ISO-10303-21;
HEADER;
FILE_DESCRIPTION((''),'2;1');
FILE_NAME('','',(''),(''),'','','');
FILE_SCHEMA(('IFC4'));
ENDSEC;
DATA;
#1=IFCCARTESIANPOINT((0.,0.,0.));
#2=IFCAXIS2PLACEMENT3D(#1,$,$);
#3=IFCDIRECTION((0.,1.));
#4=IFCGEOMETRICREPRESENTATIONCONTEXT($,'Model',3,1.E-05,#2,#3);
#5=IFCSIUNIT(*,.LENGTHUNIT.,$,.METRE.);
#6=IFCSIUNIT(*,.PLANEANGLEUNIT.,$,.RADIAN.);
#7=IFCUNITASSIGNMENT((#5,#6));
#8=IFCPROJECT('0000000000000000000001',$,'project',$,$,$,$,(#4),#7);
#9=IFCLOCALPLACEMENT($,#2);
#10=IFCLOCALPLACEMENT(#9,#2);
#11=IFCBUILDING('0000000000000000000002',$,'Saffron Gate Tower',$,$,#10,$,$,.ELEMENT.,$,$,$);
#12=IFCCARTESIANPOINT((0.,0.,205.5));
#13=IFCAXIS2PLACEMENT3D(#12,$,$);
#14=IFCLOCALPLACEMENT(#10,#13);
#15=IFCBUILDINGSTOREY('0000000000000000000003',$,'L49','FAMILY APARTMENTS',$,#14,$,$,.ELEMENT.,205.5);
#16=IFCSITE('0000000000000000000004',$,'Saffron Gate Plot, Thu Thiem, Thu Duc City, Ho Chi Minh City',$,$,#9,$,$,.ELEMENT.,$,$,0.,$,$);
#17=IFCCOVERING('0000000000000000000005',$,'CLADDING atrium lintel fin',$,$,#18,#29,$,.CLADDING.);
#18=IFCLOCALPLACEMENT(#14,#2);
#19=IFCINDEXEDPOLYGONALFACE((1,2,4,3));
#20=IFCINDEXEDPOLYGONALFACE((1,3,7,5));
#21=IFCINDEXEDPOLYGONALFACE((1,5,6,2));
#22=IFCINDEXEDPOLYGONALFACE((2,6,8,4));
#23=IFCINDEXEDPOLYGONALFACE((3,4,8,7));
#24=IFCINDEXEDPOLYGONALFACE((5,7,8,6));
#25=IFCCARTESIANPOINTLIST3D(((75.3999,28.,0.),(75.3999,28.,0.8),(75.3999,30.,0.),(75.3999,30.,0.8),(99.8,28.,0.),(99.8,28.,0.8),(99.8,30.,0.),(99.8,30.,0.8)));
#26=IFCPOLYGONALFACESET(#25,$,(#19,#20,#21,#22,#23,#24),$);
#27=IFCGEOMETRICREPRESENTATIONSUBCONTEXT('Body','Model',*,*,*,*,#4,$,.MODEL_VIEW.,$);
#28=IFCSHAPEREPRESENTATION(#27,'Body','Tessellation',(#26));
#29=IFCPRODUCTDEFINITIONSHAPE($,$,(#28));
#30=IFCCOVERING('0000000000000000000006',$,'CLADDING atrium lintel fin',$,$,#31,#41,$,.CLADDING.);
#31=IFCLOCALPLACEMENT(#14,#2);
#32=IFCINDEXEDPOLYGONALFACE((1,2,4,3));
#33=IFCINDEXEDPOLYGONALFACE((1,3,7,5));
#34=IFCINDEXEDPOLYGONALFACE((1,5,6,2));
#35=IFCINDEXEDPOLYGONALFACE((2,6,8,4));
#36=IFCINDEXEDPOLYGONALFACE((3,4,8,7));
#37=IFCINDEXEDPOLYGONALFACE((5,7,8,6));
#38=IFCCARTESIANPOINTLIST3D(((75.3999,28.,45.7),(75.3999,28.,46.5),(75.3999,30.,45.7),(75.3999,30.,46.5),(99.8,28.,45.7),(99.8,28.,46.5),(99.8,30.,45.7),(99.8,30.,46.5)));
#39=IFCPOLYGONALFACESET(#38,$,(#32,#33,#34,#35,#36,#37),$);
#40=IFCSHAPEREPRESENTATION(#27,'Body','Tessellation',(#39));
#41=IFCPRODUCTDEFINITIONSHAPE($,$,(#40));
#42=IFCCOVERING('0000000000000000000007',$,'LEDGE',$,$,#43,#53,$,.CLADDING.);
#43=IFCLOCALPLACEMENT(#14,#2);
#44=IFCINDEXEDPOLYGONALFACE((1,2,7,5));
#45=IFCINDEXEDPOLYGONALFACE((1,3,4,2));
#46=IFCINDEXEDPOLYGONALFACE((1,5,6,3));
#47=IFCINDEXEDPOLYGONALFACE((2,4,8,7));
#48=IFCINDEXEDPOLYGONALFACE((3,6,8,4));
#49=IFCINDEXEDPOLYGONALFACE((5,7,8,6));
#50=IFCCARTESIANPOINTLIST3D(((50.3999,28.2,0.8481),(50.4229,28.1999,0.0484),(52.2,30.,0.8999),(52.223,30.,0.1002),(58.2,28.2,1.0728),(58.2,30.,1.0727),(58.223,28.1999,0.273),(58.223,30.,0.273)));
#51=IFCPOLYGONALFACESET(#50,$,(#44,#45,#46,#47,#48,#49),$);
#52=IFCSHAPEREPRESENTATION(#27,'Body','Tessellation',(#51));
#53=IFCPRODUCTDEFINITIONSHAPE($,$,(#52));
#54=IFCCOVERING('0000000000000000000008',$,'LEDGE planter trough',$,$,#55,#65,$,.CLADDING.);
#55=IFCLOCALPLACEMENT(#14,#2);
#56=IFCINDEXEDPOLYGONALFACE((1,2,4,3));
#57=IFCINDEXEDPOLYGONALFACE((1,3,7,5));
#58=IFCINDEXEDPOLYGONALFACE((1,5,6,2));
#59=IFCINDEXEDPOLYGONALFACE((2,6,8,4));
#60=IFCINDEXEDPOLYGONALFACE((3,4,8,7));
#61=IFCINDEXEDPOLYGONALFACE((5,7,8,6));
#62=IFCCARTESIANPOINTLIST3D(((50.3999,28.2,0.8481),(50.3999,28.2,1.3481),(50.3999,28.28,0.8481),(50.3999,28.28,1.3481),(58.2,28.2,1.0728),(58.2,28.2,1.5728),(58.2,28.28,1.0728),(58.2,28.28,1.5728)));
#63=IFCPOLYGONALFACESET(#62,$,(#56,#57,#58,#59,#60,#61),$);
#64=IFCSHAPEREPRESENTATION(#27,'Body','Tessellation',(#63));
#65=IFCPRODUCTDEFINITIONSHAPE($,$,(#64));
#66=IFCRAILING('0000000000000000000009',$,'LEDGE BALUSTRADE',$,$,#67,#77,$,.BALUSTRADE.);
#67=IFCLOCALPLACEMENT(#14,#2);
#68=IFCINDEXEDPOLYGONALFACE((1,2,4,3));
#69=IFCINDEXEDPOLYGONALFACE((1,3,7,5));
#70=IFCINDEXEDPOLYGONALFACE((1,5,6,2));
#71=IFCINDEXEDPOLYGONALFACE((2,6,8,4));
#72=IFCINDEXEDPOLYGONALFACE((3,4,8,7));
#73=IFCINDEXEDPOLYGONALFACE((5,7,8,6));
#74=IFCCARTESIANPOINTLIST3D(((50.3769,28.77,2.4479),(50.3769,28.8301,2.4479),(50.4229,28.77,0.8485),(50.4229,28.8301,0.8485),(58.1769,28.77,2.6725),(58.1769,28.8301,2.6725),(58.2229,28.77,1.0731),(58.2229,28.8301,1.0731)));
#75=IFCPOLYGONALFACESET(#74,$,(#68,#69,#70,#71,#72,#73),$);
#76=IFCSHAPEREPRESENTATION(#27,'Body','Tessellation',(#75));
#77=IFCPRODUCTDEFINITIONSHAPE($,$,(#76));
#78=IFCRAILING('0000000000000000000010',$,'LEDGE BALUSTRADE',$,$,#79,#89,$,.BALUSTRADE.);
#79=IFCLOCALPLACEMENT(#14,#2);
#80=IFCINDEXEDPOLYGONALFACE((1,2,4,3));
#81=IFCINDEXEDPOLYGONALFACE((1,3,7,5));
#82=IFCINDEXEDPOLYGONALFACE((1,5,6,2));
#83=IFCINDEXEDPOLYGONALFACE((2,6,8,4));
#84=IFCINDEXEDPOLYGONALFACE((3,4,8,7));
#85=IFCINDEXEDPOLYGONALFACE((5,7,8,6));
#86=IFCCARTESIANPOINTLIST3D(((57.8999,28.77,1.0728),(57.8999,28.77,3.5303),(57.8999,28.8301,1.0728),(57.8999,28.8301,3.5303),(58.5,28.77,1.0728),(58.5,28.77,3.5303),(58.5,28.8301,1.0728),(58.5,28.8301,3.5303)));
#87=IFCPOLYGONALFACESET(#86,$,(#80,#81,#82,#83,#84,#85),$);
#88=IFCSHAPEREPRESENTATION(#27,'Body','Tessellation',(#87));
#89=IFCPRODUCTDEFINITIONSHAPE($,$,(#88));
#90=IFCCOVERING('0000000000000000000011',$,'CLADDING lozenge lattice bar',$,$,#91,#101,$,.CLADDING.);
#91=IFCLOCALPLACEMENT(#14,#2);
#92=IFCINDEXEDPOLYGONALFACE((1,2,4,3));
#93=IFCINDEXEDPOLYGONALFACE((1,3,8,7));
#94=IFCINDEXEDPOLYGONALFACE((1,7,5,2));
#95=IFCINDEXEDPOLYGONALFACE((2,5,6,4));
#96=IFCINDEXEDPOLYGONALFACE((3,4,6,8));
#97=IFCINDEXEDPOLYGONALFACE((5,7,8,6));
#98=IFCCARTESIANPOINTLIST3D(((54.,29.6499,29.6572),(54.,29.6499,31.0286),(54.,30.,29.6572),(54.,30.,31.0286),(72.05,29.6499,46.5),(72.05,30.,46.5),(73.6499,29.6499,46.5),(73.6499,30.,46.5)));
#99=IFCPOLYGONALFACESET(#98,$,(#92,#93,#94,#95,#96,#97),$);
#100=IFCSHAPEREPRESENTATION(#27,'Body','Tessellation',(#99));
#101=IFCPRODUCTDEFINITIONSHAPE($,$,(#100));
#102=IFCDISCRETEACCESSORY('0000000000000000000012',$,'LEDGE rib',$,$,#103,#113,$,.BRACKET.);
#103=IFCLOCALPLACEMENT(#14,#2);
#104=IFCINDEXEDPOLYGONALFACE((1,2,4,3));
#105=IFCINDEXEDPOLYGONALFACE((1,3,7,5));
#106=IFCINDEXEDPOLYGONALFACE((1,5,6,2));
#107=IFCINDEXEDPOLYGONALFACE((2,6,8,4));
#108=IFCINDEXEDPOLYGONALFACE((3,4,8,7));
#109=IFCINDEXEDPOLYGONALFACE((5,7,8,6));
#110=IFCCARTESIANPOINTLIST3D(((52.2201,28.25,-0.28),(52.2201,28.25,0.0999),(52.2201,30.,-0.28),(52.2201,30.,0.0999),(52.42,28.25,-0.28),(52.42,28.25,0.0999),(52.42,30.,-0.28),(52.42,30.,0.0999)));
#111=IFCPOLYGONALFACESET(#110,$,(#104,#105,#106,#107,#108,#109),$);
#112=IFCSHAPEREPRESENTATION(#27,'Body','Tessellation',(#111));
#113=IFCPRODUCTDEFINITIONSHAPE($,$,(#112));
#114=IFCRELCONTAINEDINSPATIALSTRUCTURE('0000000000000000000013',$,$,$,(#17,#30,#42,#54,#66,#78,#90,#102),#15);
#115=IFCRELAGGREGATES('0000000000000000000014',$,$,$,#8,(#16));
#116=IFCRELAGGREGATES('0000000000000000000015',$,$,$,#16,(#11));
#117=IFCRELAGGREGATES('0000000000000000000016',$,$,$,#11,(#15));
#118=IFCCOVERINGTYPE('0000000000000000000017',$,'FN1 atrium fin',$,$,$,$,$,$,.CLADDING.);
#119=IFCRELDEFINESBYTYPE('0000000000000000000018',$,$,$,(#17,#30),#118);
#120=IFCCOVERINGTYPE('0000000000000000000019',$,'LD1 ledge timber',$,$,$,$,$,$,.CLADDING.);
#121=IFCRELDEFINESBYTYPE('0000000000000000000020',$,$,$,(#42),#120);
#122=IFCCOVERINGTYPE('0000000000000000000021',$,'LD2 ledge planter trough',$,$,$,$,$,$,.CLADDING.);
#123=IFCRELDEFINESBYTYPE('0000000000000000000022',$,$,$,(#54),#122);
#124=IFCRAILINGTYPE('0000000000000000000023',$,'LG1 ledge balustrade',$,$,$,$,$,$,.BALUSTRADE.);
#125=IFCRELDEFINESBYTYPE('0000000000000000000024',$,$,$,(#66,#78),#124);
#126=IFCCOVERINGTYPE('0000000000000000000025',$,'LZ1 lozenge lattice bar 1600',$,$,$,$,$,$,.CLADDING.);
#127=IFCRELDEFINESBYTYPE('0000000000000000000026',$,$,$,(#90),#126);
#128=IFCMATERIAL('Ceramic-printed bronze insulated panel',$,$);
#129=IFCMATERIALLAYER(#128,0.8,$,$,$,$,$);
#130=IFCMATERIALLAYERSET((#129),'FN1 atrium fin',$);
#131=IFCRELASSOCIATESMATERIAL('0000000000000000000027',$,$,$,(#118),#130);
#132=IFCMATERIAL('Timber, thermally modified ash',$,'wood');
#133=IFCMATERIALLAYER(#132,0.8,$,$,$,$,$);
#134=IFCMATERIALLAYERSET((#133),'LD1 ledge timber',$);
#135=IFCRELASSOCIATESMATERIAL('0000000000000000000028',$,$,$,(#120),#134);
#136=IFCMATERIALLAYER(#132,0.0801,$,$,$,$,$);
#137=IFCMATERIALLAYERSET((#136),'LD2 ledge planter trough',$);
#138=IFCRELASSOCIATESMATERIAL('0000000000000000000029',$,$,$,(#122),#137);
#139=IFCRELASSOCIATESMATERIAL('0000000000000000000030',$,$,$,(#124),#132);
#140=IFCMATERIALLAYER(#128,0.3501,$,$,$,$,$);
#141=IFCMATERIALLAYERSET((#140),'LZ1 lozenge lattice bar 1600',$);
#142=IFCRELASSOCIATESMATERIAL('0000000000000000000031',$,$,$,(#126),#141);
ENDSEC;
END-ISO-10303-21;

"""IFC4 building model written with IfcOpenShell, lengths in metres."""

from ifc_helpers import new_model, si_unit, direction, frame, origin, origin_2d, place, context, subcontext, project, spatial, polyline, rectangle, outline, extrude, material, layer, layer_set, type_object, element, save


model = new_model("IFC4")

# Units and contexts
model_context = context("Model", 3, precision=1e-05, world=origin(), true_north=direction((0.0, 1.0)))
body_context = subcontext(model_context, "Body", "Model", "MODEL_VIEW")
ifc_project = project(units=[si_unit("LENGTHUNIT", "METRE"), si_unit("PLANEANGLEUNIT", "RADIAN")], contexts=[model_context])

# Site, building, storey
site_placement = place(None, origin())
site = spatial("IfcSite", under=ifc_project, at=site_placement, Name="Saffron Gate Plot, Thu Thiem, Thu Duc City, Ho Chi Minh City", CompositionType="ELEMENT", RefElevation=0.0)
building_placement = place(site_placement, origin())
building = spatial("IfcBuilding", under=site, at=building_placement, Name="Saffron Gate Tower", CompositionType="ELEMENT")
storey_placement = place(building_placement, frame((0.0, 0.0, 205.5)))
storey = spatial("IfcBuildingStorey", under=building, at=storey_placement, Name="L49", Description="FAMILY APARTMENTS", CompositionType="ELEMENT", Elevation=205.5)

# Coverings
ifc_material_1 = material(Name="Ceramic-printed bronze insulated panel")
ifc_layer_1 = layer(ifc_material_1, 0.8)
ifc_layer_set_1 = layer_set([ifc_layer_1], Name="FN1 atrium fin")
covering_type_1 = type_object("IfcCoveringType", Name="FN1 atrium fin", PredefinedType="CLADDING", material=ifc_layer_set_1)
for number, where, name in (
    (1, (0.0, 0.0, 0.0), "CLADDING atrium lintel fin"),
    (2, (0.0, 0.0, 45.7), "CLADDING atrium lintel fin"),
):
    element("IfcCovering", number, at=place(storey_placement, frame(where)), inside=storey, type_object=covering_type_1, Name=name, PredefinedType="CLADDING", context=body_context, shape_type="SweptSolid", body=[
        extrude(outline(polyline([(75.3999, 30.0), (99.8, 30.0), (99.8, 28.0), (75.3999, 28.0), (75.3999, 30.0)])), origin(), (0.0, 0.0, 1.0), 0.8),
    ])
ifc_material_2 = material(Name="Timber, thermally modified ash", Category="wood")
ifc_layer_2 = layer(ifc_material_2, 0.8)
ifc_layer_set_2 = layer_set([ifc_layer_2], Name="LD1 ledge timber")
covering_type_2 = type_object("IfcCoveringType", Name="LD1 ledge timber", PredefinedType="CLADDING", material=ifc_layer_set_2)
covering_1_placement = place(storey_placement, frame((52.2, 30.0, 0.8999), z_axis=(-0.028789, 0.000024, 0.999585), x_axis=(0.999585, 0.0, 0.028789)))
element("IfcCovering", 3, at=covering_1_placement, inside=storey, type_object=covering_type_2, Name="LEDGE", PredefinedType="CLADDING", context=body_context, shape_type="SweptSolid", body=[
    extrude(outline(polyline([(0.0, 0.0), (6.0025, 0.0), (6.0025, -1.8), (-1.8008, -1.8), (0.0, 0.0)])), origin(), (0.0, 0.0, -1.0), 0.8),
])
ifc_layer_3 = layer(ifc_material_2, 0.0801)
ifc_layer_set_3 = layer_set([ifc_layer_3], Name="LD2 ledge planter trough")
covering_type_3 = type_object("IfcCoveringType", Name="LD2 ledge planter trough", PredefinedType="CLADDING", material=ifc_layer_set_3)
covering_2_placement = place(storey_placement, frame((50.3999, 28.2, 0.8481), z_axis=(0.0, -1.0, 0.0), x_axis=(0.999586, 0.0, 0.028784)))
element("IfcCovering", 4, at=covering_2_placement, inside=storey, type_object=covering_type_3, Name="LEDGE planter trough", PredefinedType="CLADDING", context=body_context, shape_type="SweptSolid", body=[
    extrude(outline(polyline([(0.0, 0.0), (7.8033, 0.0), (7.8177, 0.4998), (0.0144, 0.4998), (0.0, 0.0)])), origin(), (0.0, 0.0, -1.0), 0.0801),
])

# Railings
railing_type = type_object("IfcRailingType", Name="LG1 ledge balustrade", PredefinedType="BALUSTRADE", material=ifc_material_2)
railing_1_placement = place(storey_placement, frame((50.3999, 28.8, 0.8481)))
element("IfcRailing", 5, at=railing_1_placement, inside=storey, type_object=railing_type, Name="LEDGE BALUSTRADE", PredefinedType="BALUSTRADE", context=body_context, shape_type="SweptSolid", body=[
    extrude(rectangle(XDim=0.0601, YDim=1.6001, at=origin_2d()), frame((0.0, 0.0, 0.8), z_axis=(0.999586, 0.0, 0.028784), x_axis=(0.0, 1.0, 0.0)), (0.0, 0.0, 1.0), 7.8032),
])
railing_2_placement = place(storey_placement, frame((57.8999, 28.8, 1.0728)))
element("IfcRailing", 6, at=railing_2_placement, inside=storey, type_object=railing_type, Name="LEDGE BALUSTRADE", PredefinedType="BALUSTRADE", context=body_context, shape_type="SweptSolid", body=[
    extrude(rectangle(XDim=0.0601, YDim=2.4575, at=origin_2d()), frame((0.0, 0.0, 1.2288), z_axis=(1.0, 0.0, 0.0), x_axis=(0.0, 1.0, 0.0)), (0.0, 0.0, 1.0), 0.6001),
])

# Covering
ifc_layer_4 = layer(ifc_material_1, 0.3501)
ifc_layer_set_4 = layer_set([ifc_layer_4], Name="LZ1 lozenge lattice bar 1600")
covering_type_4 = type_object("IfcCoveringType", Name="LZ1 lozenge lattice bar 1600", PredefinedType="CLADDING", material=ifc_layer_set_4)
covering_3_placement = place(storey_placement, frame((54.0, 29.6499, 29.6572), z_axis=(0.0, -1.0, 0.0), x_axis=(0.759257, 0.0, 0.650791)))
element("IfcCovering", 7, at=covering_3_placement, inside=storey, type_object=covering_type_4, Name="CLADDING lozenge lattice bar", PredefinedType="CLADDING", context=body_context, shape_type="SweptSolid", body=[
    extrude(outline(polyline([(0.0, 0.0), (25.8804, 0.0), (24.6658, 1.0412), (0.8925, 1.0412), (0.0, 0.0)])), origin(), (0.0, 0.0, -1.0), 0.3501),
])

# Discrete accessory
discrete_accessory_placement = place(storey_placement, frame((52.3201, 29.125, -0.28), z_axis=(0.0, 0.0, 1.0), x_axis=(1.0, 0.0, 0.0)))
element("IfcDiscreteAccessory", 8, at=discrete_accessory_placement, inside=storey, Name="LEDGE rib", PredefinedType="BRACKET", context=body_context, shape_type="SweptSolid", body=[
    extrude(rectangle(XDim=0.2, YDim=1.75, at=origin_2d()), origin(), (0.0, 0.0, 1.0), 0.3799),
])

save(model, "model.ifc")
